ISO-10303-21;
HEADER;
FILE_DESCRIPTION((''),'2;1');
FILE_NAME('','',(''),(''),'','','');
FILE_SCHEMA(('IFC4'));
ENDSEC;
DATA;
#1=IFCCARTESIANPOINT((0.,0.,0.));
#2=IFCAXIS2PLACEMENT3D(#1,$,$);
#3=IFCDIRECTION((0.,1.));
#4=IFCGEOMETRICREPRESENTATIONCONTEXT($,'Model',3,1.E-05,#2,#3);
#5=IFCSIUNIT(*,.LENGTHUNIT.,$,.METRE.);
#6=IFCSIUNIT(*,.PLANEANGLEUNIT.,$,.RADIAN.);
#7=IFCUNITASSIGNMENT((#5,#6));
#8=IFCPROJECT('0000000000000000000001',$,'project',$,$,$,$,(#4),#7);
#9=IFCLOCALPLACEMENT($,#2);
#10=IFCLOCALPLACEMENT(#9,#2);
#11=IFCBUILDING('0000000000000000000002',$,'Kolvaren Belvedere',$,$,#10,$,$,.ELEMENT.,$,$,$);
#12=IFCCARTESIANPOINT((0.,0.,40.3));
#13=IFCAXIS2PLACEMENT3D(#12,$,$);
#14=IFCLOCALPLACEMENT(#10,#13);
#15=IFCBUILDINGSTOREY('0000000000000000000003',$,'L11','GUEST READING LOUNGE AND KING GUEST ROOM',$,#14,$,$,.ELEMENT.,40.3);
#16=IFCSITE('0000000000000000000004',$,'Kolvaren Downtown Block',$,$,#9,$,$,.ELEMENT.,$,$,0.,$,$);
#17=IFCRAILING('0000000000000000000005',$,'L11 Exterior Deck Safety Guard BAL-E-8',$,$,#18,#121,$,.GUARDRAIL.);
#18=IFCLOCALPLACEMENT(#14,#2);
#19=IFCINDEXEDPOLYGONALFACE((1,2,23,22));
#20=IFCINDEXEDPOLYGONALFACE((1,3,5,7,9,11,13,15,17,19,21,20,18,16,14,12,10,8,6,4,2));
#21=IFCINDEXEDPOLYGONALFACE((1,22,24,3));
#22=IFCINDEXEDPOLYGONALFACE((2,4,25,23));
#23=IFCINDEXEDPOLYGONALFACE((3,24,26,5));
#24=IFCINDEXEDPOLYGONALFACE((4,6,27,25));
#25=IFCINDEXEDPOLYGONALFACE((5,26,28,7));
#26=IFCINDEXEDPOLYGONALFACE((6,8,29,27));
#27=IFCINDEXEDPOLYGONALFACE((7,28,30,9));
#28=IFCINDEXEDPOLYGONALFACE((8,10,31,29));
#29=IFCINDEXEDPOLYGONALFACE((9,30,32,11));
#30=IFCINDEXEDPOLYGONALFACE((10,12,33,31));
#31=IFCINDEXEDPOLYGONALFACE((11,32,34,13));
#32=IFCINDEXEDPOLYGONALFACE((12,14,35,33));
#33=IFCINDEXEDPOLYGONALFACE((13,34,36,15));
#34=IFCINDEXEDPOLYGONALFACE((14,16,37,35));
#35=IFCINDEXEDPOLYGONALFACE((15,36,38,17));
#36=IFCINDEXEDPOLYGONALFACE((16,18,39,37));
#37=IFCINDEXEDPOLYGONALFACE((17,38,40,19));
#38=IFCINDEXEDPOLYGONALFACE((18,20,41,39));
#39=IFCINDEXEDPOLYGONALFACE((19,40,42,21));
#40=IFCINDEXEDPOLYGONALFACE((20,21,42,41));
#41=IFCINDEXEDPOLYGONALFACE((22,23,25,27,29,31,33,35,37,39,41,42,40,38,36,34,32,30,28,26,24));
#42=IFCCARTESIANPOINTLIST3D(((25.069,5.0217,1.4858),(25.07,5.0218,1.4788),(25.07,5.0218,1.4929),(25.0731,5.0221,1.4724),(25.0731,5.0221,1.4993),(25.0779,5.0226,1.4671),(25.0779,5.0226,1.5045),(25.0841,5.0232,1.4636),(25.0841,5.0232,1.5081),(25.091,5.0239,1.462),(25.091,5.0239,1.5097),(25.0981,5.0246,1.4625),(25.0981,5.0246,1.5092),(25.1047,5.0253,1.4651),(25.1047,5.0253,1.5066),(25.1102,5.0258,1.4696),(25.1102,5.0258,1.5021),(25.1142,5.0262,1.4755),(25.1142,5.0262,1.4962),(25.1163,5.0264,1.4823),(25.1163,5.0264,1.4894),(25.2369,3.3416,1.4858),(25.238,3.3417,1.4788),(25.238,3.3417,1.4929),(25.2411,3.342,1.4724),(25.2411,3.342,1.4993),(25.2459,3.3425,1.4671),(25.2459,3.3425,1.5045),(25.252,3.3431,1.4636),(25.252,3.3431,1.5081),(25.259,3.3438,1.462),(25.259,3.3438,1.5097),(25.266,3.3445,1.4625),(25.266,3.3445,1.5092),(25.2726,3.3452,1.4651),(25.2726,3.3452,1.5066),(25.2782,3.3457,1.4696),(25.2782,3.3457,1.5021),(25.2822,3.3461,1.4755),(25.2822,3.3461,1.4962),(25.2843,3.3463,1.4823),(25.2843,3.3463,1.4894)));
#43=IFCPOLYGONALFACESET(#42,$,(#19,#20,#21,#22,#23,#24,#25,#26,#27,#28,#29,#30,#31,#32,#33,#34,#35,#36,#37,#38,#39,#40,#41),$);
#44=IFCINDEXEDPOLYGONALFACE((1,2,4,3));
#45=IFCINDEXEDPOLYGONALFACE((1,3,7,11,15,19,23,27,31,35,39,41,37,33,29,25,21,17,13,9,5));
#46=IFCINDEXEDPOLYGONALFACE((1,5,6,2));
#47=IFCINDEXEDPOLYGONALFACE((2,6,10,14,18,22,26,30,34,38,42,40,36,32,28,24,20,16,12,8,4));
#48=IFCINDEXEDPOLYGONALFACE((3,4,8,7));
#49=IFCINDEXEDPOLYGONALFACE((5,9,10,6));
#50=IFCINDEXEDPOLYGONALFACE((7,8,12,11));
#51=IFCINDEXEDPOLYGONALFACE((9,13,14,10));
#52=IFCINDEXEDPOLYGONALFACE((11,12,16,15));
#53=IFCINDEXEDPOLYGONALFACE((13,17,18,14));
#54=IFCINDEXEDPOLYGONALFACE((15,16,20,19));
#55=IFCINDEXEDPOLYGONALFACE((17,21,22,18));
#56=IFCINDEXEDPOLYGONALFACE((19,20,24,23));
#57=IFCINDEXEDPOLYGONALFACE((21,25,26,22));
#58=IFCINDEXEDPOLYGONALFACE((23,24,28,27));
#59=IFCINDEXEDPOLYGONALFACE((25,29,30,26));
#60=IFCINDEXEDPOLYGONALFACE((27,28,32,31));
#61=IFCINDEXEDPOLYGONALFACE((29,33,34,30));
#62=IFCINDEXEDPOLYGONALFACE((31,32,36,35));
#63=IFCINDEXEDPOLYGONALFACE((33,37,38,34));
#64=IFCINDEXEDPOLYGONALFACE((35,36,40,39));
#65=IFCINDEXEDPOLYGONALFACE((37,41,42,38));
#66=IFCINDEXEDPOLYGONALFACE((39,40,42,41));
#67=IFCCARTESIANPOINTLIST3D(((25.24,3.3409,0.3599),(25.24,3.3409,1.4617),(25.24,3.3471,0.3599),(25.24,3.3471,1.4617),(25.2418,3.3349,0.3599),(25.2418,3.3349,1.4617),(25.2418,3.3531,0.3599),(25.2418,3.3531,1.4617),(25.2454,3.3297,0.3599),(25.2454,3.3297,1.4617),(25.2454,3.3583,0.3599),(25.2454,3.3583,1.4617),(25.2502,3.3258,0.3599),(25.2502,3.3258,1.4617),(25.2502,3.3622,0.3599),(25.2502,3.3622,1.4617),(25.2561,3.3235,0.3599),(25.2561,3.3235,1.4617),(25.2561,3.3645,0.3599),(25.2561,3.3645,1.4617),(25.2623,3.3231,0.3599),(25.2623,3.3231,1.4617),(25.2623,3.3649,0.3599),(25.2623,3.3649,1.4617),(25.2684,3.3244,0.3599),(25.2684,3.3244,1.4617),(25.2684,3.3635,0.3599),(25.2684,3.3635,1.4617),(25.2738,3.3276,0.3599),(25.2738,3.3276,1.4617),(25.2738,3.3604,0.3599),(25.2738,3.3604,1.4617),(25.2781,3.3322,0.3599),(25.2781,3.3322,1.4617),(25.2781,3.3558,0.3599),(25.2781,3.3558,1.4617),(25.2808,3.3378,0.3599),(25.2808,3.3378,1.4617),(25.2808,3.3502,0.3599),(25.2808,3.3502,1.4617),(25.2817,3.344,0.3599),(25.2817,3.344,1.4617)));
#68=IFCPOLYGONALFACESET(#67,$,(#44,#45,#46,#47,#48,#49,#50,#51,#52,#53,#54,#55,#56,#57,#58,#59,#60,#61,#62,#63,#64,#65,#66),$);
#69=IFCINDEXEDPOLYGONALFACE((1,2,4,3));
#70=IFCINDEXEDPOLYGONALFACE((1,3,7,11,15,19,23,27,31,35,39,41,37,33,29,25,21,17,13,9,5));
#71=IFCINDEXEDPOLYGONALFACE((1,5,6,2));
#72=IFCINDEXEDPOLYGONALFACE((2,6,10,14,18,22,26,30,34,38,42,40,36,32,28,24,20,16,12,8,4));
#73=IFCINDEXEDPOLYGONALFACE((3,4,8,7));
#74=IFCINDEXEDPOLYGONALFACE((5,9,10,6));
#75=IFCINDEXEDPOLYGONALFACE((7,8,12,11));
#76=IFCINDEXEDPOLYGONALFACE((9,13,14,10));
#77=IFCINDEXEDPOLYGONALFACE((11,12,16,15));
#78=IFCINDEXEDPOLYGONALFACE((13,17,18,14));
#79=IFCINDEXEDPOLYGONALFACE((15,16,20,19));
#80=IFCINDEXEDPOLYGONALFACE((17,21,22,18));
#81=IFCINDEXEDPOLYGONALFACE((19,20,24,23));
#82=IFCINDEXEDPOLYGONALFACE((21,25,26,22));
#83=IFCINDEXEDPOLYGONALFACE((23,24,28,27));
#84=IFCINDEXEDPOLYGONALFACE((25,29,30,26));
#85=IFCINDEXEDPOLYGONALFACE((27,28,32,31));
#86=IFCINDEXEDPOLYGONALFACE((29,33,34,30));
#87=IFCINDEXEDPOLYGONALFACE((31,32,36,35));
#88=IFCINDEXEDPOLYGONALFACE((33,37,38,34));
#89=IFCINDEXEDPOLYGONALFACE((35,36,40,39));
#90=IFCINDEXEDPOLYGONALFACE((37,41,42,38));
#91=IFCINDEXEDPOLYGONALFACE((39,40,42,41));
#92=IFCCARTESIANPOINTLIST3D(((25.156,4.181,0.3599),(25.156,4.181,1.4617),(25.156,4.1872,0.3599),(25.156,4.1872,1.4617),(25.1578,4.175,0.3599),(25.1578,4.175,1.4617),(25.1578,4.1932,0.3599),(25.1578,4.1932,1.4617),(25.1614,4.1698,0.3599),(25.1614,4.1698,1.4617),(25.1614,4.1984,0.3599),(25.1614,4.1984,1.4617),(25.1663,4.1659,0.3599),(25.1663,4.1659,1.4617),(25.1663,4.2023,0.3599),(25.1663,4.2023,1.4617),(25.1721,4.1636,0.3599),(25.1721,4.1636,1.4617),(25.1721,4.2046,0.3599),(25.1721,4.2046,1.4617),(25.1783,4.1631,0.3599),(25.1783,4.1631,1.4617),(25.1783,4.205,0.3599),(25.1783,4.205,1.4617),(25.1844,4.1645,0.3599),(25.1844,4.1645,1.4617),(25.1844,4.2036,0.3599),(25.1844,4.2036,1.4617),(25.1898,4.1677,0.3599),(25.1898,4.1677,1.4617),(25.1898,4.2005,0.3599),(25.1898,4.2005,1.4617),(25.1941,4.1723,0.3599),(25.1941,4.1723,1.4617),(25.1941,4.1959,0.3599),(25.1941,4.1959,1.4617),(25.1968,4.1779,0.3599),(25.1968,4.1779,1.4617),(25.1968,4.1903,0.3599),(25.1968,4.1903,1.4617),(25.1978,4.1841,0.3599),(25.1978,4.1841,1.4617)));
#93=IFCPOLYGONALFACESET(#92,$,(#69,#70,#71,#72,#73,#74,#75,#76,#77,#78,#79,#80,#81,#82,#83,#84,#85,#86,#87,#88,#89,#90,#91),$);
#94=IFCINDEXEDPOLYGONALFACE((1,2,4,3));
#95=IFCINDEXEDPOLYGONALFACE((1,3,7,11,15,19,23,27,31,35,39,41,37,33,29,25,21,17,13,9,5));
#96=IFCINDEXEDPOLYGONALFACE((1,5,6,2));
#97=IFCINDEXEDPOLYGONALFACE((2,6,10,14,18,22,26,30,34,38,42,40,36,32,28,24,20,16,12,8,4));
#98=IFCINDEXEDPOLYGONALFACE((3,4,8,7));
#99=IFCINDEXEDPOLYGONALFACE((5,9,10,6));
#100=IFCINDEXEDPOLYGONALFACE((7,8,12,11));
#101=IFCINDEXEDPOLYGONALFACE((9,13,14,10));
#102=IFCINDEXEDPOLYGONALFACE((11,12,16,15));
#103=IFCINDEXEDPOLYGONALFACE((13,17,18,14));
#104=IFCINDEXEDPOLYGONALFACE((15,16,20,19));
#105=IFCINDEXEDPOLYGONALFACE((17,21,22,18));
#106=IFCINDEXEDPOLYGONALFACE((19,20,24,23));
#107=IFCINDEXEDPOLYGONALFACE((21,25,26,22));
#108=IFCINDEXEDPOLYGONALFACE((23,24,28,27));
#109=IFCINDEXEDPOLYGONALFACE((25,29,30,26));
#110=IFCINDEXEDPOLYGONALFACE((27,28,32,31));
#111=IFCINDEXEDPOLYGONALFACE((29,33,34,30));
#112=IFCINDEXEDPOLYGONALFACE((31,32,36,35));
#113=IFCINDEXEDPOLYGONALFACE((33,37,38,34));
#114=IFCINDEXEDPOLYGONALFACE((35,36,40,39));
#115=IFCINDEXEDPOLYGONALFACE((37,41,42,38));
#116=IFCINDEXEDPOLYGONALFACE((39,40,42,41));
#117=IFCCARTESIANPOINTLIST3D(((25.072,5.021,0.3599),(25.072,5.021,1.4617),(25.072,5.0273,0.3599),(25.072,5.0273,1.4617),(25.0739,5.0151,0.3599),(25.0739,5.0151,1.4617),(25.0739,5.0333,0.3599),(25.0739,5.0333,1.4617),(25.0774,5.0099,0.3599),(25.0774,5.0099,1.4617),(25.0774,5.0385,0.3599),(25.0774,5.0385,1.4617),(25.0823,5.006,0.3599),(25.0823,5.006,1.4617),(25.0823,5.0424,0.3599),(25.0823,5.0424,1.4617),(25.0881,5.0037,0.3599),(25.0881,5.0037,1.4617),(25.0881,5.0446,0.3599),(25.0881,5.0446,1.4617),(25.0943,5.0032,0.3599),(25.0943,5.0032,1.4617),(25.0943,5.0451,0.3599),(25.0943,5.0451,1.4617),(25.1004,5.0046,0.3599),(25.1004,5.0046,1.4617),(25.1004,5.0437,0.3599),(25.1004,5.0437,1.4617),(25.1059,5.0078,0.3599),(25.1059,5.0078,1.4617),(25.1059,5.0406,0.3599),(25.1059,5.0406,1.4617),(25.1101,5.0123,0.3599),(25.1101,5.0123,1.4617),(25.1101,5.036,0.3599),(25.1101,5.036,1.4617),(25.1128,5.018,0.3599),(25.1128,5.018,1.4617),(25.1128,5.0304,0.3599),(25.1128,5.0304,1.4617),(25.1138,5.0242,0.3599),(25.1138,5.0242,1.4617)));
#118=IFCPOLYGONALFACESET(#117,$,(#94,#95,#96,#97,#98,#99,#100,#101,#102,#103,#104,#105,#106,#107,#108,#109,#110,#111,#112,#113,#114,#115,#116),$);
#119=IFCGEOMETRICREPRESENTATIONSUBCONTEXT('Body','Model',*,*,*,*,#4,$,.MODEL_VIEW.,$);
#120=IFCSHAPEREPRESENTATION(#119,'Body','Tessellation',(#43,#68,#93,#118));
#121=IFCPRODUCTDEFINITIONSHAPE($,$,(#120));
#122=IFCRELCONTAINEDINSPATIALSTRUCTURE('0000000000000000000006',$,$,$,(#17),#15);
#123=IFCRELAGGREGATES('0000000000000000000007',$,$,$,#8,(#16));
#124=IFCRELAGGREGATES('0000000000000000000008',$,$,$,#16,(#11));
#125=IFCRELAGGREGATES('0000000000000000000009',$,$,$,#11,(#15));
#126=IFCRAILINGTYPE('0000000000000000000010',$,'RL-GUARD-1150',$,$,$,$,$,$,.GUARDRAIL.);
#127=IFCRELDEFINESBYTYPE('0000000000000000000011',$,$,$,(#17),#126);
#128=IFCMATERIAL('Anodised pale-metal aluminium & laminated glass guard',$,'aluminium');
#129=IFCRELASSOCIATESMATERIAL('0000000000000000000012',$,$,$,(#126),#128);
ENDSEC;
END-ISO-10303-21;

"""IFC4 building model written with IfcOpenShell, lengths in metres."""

from ifc_helpers import new_model, si_unit, direction, frame, origin, origin_2d, place, context, subcontext, project, spatial, circle, extrude, material, type_object, element, save


model = new_model("IFC4")

# Units and contexts
model_context = context("Model", 3, precision=1e-05, world=origin(), true_north=direction((0.0, 1.0)))
body_context = subcontext(model_context, "Body", "Model", "MODEL_VIEW")
ifc_project = project(units=[si_unit("LENGTHUNIT", "METRE"), si_unit("PLANEANGLEUNIT", "RADIAN")], contexts=[model_context])

# Site, building, storey
site_placement = place(None, origin())
site = spatial("IfcSite", under=ifc_project, at=site_placement, Name="Kolvaren Downtown Block", CompositionType="ELEMENT", RefElevation=0.0)
building_placement = place(site_placement, origin())
building = spatial("IfcBuilding", under=site, at=building_placement, Name="Kolvaren Belvedere", CompositionType="ELEMENT")
storey_placement = place(building_placement, frame((0.0, 0.0, 40.3)))
storey = spatial("IfcBuildingStorey", under=building, at=storey_placement, Name="L11", Description="GUEST READING LOUNGE AND KING GUEST ROOM", CompositionType="ELEMENT", Elevation=40.3)

# Railing
ifc_material_1 = material(Name="Anodised pale-metal aluminium & laminated glass guard", Category="aluminium")
railing_type = type_object("IfcRailingType", Name="RL-GUARD-1150", PredefinedType="GUARDRAIL", material=ifc_material_1)
railing_1_placement = place(storey_placement, frame((25.2607, 3.344, 0.3599)))
element("IfcRailing", 1, at=railing_1_placement, inside=storey, type_object=railing_type, Name="L11 Exterior Deck Safety Guard BAL-E-8", PredefinedType="GUARDRAIL", context=body_context, shape_type="SweptSolid", body=[
    extrude(circle(Radius=0.0239, at=origin_2d()), frame((0.0, 0.0, 1.126), z_axis=(-0.099475, 0.99504, 0.0), x_axis=(-0.99504, -0.099475, 0.0)), (0.0, 0.0, 1.0), 1.6885),
    extrude(circle(Radius=0.021, at=origin_2d()), origin(), (0.0, 0.0, 1.0), 1.1018),
    extrude(circle(Radius=0.021, at=origin_2d()), frame((-0.084, 0.8401, 0.0)), (0.0, 0.0, 1.0), 1.1018),
    extrude(circle(Radius=0.021, at=origin_2d()), frame((-0.168, 1.6802, 0.0)), (0.0, 0.0, 1.0), 1.1018),
])

save(model, "model.ifc")
